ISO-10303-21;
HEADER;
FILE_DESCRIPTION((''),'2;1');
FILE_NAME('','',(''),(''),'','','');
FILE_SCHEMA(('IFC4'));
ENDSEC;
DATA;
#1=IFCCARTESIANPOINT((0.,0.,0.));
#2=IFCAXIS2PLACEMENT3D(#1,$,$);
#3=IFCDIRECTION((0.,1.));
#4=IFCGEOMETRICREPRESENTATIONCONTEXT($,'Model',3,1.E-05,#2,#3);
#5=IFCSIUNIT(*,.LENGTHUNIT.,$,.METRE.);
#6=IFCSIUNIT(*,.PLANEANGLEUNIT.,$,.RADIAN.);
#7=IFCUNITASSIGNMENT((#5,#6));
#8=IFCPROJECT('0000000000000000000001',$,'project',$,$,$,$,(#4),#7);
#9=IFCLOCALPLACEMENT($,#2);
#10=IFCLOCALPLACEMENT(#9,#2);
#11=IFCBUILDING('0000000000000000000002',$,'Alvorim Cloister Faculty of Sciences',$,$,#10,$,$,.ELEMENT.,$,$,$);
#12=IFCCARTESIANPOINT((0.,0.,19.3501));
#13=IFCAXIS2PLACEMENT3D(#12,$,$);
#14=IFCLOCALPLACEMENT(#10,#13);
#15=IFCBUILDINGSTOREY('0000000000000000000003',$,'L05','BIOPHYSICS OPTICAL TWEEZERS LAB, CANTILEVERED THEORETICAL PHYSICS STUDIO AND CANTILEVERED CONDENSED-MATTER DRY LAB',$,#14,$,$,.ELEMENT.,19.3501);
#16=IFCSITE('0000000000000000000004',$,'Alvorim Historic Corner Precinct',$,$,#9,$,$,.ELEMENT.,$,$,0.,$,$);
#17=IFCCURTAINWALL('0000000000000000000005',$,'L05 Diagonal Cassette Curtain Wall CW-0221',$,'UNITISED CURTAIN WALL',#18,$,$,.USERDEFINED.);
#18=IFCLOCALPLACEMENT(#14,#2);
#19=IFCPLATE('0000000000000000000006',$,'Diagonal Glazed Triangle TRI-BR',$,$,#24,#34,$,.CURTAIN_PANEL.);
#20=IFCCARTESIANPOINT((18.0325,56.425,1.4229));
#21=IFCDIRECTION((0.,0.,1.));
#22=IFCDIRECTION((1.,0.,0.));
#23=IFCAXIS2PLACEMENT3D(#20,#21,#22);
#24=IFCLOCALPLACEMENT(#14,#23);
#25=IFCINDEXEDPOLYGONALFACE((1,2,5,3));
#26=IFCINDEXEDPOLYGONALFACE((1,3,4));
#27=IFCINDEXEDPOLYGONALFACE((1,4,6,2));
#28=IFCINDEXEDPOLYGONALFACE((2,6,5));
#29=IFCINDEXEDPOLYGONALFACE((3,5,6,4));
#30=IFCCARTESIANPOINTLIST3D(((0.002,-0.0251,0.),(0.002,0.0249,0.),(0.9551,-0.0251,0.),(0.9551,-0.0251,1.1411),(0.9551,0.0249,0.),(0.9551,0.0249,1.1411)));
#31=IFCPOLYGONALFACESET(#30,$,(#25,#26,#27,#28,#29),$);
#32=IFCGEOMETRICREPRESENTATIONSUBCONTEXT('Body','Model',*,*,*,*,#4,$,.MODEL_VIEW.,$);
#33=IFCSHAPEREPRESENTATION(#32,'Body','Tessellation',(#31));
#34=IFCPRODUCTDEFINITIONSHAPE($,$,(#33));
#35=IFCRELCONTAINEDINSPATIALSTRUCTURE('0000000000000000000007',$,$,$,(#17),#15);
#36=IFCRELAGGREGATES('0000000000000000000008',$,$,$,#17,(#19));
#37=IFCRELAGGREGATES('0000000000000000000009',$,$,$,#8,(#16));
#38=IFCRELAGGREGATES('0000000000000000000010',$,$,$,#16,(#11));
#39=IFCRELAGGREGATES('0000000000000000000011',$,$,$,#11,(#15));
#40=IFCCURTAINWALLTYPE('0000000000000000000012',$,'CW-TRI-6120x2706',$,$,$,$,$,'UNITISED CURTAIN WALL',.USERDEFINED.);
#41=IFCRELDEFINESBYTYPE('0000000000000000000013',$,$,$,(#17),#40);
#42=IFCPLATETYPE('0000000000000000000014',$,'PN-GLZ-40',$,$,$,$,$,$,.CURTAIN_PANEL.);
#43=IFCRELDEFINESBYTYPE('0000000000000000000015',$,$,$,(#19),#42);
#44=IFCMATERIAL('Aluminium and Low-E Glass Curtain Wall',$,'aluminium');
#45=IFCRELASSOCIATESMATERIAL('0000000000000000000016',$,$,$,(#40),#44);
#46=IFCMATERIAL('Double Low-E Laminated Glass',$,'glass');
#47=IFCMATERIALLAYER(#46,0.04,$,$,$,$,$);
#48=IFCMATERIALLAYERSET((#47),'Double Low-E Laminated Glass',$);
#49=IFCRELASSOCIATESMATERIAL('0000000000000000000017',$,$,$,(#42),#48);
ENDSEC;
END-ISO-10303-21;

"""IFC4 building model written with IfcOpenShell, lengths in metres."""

from ifc_helpers import new_model, si_unit, direction, frame, origin, place, context, subcontext, project, spatial, polyline, outline, extrude, material, layer, layer_set, type_object, element, aggregate, save


model = new_model("IFC4")

# Units and contexts
model_context = context("Model", 3, precision=1e-05, world=origin(), true_north=direction((0.0, 1.0)))
body_context = subcontext(model_context, "Body", "Model", "MODEL_VIEW")
ifc_project = project(units=[si_unit("LENGTHUNIT", "METRE"), si_unit("PLANEANGLEUNIT", "RADIAN")], contexts=[model_context])

# Site, building, storey
site_placement = place(None, origin())
site = spatial("IfcSite", under=ifc_project, at=site_placement, Name="Alvorim Historic Corner Precinct", CompositionType="ELEMENT", RefElevation=0.0)
building_placement = place(site_placement, origin())
building = spatial("IfcBuilding", under=site, at=building_placement, Name="Alvorim Cloister Faculty of Sciences", CompositionType="ELEMENT")
storey_placement = place(building_placement, frame((0.0, 0.0, 19.3501)))
storey = spatial("IfcBuildingStorey", under=building, at=storey_placement, Name="L05", Description="BIOPHYSICS OPTICAL TWEEZERS LAB, CANTILEVERED THEORETICAL PHYSICS STUDIO AND CANTILEVERED CONDENSED-MATTER DRY LAB", CompositionType="ELEMENT", Elevation=19.3501)

# Curtain wall
ifc_material_1 = material(Name="Aluminium and Low-E Glass Curtain Wall", Category="aluminium")
curtain_wall_type_1 = type_object("IfcCurtainWallType", Name="CW-TRI-6120x2706", ElementType="UNITISED CURTAIN WALL", PredefinedType="USERDEFINED", material=ifc_material_1)
curtain_wall_1_placement = place(storey_placement, origin())
curtain_wall_1 = element("IfcCurtainWall", 1, at=curtain_wall_1_placement, inside=storey, type_object=curtain_wall_type_1, Name="L05 Diagonal Cassette Curtain Wall CW-0221", ObjectType="UNITISED CURTAIN WALL", PredefinedType="USERDEFINED")

# Plate
ifc_material_2 = material(Name="Double Low-E Laminated Glass", Category="glass")
ifc_layer = layer(ifc_material_2, 0.04)
ifc_layer_set = layer_set([ifc_layer], Name="Double Low-E Laminated Glass")
plate_type = type_object("IfcPlateType", Name="PN-GLZ-40", PredefinedType="CURTAIN_PANEL", material=ifc_layer_set)
plate_1_placement = place(storey_placement, frame((18.0325, 56.425, 1.4229), z_axis=(0.0, 0.0, 1.0), x_axis=(1.0, 0.0, 0.0)))
plate_1 = element("IfcPlate", 2, at=plate_1_placement, type_object=plate_type, Name="Diagonal Glazed Triangle TRI-BR", PredefinedType="CURTAIN_PANEL", context=body_context, shape_type="SweptSolid", body=[
    extrude(outline(polyline([(0.002, 0.0), (0.9551, 0.0), (0.9551, 1.1411), (0.002, 0.0)])), frame((0.0, 0.0249, 0.0), z_axis=(0.0, -1.0, 0.0), x_axis=(1.0, 0.0, 0.0)), (0.0, 0.0, 1.0), 0.05),
])
aggregate(curtain_wall_1, [plate_1])

save(model, "model.ifc")
